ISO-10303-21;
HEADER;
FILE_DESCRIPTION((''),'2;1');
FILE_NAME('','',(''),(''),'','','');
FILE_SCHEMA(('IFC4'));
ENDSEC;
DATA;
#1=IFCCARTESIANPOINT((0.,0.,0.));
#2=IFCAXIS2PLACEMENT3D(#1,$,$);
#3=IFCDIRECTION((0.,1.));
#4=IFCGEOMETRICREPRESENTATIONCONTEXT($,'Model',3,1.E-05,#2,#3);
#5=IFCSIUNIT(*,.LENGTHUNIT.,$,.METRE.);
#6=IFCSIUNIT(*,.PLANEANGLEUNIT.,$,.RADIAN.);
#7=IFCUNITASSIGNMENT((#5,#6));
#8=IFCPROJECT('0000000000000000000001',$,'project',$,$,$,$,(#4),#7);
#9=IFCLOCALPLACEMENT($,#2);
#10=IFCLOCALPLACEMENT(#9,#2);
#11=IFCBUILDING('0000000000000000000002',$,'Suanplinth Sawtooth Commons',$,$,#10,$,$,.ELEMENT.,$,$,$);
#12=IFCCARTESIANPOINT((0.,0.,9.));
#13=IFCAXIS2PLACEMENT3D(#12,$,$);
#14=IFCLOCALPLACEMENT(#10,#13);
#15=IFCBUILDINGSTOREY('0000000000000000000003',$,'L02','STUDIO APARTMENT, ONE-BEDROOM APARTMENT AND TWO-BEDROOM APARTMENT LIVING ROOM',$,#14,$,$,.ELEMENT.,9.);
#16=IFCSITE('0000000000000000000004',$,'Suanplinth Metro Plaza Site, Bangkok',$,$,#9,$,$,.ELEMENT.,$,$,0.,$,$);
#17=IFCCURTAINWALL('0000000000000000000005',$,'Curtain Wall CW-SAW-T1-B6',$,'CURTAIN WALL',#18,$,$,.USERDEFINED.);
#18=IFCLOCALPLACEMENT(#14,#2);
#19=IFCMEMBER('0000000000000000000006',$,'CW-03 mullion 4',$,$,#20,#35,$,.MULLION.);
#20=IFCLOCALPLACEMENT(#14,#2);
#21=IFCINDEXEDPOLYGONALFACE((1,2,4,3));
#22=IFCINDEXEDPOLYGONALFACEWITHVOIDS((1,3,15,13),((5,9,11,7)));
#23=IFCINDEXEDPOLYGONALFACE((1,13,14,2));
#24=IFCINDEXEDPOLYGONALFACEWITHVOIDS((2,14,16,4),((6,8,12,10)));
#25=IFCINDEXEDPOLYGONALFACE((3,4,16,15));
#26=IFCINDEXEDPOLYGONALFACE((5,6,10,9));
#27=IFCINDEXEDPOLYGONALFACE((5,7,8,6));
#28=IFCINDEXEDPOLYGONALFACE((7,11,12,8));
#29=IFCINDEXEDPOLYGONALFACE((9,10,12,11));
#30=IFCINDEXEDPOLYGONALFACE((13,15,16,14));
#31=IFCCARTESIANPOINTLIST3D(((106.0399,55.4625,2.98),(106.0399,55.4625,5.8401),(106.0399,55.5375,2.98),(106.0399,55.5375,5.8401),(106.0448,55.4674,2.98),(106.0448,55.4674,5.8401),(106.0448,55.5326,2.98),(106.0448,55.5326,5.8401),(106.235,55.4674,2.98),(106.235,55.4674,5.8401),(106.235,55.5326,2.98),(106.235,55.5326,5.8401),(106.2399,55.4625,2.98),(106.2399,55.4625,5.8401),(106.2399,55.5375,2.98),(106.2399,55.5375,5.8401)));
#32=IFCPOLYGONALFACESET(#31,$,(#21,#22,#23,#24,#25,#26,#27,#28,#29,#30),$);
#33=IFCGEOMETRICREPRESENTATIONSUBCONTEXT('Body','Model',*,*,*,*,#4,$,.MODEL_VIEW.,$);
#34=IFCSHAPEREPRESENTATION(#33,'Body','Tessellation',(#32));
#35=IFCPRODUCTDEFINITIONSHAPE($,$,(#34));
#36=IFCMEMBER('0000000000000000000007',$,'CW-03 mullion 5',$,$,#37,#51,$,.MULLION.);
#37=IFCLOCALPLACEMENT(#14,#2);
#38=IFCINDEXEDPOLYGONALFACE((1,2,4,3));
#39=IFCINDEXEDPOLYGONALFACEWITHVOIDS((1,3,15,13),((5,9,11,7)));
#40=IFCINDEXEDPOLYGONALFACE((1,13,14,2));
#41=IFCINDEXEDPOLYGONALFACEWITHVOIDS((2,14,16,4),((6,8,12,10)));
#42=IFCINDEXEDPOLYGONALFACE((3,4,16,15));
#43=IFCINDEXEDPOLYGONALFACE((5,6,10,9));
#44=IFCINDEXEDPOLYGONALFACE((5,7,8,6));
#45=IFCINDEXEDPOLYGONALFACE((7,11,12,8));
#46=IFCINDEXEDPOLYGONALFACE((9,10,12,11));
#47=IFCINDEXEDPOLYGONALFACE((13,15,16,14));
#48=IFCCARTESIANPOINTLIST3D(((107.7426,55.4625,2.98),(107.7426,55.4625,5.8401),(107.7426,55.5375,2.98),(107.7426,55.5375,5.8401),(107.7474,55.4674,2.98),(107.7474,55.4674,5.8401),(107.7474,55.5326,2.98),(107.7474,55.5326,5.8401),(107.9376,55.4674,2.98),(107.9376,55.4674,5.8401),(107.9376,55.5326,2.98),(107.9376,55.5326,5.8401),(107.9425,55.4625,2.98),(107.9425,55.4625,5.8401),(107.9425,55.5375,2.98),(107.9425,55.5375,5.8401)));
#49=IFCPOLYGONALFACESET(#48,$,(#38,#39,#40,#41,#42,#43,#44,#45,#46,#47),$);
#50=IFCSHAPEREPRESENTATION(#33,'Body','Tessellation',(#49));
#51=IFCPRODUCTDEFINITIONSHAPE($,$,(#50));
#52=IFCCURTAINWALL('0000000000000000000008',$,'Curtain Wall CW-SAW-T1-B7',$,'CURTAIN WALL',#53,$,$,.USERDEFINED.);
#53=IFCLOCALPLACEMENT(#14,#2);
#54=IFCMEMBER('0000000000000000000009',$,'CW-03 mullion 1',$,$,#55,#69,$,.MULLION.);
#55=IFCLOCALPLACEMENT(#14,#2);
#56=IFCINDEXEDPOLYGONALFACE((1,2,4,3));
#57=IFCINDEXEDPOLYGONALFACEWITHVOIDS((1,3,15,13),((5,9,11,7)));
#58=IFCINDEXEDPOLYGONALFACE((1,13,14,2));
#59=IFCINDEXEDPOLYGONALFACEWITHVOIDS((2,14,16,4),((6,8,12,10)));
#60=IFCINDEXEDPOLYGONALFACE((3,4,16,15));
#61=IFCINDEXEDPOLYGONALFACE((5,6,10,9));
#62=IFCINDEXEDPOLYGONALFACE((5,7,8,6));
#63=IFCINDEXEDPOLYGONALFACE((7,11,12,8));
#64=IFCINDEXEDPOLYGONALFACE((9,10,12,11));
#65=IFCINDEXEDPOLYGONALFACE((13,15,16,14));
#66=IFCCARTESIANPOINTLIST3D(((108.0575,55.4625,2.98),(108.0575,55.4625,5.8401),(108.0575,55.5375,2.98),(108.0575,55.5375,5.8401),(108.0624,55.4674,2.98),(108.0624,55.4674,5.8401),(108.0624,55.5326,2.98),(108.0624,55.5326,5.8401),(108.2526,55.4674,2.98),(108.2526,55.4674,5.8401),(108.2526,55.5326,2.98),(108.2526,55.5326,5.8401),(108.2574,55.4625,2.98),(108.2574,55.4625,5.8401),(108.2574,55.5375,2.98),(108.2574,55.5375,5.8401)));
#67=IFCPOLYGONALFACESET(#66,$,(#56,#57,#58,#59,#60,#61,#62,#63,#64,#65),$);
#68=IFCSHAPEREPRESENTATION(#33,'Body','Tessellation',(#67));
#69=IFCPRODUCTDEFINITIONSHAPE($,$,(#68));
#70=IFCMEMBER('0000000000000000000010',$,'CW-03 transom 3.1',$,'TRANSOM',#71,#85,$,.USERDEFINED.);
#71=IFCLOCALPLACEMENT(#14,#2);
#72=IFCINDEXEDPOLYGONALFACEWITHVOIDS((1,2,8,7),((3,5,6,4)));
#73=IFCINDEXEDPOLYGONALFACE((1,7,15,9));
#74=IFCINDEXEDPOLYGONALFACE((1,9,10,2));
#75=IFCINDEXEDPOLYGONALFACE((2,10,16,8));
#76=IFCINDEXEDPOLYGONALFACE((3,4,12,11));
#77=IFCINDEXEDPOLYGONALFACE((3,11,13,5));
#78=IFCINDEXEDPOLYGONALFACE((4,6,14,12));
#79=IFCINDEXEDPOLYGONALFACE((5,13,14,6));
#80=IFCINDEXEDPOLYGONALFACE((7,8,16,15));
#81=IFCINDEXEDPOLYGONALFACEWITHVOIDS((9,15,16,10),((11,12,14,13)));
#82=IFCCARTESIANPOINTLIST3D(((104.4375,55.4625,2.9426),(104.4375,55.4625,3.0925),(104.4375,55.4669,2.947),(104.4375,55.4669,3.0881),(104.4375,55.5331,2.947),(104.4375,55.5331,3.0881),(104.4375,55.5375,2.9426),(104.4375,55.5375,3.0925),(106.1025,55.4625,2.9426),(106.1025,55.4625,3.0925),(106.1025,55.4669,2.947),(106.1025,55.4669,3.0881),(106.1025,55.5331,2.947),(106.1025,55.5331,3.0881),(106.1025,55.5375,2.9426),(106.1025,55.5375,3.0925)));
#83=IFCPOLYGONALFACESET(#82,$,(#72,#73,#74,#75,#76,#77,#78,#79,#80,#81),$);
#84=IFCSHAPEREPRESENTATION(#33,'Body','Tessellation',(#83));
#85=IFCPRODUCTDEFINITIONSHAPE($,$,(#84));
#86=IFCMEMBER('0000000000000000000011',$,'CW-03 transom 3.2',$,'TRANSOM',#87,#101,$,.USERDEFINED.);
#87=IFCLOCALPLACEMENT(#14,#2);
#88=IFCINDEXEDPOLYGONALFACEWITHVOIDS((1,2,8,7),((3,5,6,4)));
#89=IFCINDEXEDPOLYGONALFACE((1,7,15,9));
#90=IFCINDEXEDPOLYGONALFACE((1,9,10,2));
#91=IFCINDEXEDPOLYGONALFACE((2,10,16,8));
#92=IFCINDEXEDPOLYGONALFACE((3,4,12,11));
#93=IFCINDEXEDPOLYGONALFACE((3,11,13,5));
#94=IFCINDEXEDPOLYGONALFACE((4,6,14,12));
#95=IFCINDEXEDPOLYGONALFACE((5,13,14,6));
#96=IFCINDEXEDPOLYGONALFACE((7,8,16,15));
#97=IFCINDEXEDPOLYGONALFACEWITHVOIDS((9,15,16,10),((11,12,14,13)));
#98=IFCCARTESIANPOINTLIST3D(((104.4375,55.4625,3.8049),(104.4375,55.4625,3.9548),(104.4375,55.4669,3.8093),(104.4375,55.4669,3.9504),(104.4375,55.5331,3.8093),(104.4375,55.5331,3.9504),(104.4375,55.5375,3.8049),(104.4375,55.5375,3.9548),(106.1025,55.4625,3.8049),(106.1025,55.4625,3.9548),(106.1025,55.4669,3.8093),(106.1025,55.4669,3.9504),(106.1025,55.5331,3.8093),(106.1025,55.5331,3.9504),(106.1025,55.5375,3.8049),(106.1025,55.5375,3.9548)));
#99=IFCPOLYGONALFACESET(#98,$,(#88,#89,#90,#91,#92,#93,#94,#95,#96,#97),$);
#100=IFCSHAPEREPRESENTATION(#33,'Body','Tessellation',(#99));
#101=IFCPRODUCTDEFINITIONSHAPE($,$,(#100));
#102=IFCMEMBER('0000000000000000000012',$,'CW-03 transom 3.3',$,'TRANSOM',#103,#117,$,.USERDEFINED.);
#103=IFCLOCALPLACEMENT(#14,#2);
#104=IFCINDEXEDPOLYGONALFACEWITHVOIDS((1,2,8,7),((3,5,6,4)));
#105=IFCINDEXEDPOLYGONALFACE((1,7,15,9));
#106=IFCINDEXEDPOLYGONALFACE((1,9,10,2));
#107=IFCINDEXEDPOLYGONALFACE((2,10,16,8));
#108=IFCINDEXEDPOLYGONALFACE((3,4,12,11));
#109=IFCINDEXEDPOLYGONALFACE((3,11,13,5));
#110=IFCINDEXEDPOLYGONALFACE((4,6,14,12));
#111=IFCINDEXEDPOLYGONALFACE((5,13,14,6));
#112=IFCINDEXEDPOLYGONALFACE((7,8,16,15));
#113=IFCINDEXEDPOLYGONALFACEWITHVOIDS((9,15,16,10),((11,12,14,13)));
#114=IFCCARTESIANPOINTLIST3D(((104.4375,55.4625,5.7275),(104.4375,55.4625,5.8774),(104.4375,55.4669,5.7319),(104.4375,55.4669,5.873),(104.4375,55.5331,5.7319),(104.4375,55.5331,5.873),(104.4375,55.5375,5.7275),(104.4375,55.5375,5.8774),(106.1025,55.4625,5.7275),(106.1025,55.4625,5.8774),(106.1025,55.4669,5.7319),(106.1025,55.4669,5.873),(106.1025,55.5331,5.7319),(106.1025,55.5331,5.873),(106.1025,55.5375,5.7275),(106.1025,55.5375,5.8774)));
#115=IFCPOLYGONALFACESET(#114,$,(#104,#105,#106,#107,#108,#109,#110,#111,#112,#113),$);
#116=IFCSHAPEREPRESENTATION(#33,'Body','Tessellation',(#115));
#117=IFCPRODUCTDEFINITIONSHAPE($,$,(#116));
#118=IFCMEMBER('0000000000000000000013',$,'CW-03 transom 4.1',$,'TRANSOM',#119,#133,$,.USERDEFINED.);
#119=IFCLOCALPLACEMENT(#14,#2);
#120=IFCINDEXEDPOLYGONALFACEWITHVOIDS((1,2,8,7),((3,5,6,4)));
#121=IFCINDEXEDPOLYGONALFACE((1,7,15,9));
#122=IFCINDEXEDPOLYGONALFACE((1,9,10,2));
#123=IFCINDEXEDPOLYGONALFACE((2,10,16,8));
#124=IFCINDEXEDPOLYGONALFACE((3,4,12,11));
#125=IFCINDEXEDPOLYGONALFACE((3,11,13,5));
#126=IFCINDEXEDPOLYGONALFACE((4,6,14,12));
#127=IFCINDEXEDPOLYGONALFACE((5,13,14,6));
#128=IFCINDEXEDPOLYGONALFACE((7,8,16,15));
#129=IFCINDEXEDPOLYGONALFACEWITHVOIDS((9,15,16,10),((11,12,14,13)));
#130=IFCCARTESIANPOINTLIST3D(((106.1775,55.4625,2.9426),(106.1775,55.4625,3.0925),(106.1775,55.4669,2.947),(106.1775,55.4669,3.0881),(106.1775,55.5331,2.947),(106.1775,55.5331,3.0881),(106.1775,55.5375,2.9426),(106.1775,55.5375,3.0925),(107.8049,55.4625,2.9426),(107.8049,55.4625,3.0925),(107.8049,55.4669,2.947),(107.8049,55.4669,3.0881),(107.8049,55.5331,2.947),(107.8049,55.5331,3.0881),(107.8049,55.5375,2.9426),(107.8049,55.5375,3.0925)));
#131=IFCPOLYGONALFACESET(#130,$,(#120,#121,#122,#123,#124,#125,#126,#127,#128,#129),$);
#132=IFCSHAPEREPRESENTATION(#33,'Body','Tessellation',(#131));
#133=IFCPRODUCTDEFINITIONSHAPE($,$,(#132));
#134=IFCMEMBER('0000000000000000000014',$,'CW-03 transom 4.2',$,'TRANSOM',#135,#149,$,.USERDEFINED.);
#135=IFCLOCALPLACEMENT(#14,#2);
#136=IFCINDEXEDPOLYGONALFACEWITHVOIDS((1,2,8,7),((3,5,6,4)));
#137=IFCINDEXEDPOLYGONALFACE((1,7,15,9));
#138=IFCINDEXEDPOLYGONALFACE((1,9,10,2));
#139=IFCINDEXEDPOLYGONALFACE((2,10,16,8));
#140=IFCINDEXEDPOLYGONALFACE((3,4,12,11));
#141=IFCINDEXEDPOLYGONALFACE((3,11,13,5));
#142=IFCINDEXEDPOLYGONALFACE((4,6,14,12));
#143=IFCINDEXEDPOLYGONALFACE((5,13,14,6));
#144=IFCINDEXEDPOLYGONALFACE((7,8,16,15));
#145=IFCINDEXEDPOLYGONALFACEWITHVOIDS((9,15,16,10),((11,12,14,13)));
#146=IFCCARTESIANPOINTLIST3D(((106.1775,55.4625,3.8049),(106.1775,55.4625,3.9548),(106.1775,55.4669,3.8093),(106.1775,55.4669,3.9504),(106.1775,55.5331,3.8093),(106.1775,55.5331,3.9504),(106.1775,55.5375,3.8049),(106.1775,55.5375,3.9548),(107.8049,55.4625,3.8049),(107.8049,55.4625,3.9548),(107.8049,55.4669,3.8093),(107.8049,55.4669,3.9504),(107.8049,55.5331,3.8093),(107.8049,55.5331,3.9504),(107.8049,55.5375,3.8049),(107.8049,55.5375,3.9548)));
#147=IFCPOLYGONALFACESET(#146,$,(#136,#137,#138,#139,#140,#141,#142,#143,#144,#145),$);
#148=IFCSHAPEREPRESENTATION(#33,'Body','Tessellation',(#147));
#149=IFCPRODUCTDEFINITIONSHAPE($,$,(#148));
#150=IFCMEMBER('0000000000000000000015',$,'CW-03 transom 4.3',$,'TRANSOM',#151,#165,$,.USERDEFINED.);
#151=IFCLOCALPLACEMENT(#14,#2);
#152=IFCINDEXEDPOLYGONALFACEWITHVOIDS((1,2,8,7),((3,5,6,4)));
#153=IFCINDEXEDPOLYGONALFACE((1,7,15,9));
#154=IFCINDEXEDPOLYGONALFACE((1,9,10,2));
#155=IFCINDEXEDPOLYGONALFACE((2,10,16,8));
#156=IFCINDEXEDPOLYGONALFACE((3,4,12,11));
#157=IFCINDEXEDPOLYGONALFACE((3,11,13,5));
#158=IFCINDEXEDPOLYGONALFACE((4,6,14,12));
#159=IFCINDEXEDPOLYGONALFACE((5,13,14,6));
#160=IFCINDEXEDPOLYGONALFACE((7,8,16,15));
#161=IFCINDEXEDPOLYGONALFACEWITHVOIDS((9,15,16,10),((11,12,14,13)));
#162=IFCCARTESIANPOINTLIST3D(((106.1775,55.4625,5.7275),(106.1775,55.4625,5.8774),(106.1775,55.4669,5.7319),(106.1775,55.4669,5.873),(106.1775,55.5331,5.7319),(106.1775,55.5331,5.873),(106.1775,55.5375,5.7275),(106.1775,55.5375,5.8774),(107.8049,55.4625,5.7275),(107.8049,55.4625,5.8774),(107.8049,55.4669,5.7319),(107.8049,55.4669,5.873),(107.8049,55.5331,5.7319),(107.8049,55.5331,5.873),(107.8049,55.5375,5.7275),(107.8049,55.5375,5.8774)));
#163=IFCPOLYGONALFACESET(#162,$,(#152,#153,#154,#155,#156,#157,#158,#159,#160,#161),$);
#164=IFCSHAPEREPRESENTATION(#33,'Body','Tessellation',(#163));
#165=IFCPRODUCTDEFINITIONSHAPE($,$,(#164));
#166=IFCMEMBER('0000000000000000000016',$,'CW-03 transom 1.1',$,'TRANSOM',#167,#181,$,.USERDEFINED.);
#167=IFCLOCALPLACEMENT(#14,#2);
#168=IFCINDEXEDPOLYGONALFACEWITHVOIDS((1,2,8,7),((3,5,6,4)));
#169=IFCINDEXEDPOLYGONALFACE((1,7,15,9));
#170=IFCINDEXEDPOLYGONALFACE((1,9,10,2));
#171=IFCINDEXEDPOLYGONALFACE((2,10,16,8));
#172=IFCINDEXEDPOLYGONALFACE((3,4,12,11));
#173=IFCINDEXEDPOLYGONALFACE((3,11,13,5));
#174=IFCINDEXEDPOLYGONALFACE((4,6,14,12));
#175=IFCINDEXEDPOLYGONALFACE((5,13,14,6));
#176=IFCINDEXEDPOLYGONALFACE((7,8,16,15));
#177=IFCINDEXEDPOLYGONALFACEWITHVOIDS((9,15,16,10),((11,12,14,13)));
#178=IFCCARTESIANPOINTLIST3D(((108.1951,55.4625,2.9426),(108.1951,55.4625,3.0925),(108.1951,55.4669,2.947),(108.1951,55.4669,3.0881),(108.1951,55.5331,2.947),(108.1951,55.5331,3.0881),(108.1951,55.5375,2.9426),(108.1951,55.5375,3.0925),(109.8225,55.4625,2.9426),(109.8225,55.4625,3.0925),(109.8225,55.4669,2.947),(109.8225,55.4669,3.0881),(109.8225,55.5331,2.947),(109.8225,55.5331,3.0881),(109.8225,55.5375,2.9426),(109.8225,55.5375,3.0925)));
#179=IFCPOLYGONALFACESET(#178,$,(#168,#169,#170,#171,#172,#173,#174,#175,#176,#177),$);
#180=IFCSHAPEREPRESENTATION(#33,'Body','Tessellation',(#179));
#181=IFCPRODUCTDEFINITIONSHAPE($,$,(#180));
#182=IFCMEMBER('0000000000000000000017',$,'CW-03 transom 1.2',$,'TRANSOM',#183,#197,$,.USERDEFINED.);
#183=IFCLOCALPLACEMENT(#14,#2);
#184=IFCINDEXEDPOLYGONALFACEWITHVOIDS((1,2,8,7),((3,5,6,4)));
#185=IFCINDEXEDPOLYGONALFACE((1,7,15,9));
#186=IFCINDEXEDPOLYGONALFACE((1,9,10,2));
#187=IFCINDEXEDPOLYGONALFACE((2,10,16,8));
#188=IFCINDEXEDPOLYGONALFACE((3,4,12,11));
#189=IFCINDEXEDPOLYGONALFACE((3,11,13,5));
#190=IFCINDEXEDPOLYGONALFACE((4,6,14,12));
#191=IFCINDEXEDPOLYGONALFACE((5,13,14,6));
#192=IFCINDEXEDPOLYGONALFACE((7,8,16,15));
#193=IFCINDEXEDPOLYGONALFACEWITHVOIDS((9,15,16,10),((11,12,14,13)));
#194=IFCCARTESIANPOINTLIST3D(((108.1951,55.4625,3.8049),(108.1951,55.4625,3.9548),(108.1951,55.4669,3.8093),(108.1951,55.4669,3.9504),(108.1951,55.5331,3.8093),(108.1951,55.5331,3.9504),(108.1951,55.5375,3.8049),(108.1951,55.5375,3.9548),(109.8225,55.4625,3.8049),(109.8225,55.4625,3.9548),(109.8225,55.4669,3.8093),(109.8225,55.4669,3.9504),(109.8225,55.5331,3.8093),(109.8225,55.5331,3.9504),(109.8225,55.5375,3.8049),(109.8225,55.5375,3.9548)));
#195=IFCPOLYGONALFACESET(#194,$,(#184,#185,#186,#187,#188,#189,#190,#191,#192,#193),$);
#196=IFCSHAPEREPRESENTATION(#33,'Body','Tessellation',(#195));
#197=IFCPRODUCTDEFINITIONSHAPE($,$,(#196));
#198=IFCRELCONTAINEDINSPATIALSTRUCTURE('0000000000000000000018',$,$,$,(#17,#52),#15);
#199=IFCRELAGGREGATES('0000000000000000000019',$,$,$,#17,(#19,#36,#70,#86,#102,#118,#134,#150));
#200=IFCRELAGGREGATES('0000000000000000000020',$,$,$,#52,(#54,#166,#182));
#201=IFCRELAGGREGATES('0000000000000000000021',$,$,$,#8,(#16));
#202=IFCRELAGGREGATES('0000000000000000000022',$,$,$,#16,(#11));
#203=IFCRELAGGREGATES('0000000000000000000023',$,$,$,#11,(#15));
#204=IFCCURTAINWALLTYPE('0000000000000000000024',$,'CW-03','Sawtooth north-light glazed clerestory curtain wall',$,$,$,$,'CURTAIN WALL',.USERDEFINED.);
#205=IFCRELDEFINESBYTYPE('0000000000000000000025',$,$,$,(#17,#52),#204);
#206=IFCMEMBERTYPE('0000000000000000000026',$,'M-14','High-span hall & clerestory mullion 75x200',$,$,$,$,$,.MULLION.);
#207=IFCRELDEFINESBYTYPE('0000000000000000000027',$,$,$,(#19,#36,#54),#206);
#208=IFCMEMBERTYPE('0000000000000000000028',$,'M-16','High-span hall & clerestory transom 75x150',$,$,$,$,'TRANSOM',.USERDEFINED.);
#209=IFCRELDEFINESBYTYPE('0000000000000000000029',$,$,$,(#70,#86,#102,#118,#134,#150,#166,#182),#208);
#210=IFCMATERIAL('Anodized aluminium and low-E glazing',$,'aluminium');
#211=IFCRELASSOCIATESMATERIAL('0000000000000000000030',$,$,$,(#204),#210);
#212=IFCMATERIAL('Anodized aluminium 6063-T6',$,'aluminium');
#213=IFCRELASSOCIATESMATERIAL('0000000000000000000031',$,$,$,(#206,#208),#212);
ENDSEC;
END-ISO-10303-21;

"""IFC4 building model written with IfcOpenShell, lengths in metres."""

from ifc_helpers import new_model, si_unit, direction, frame, origin, origin_2d, place, context, subcontext, project, spatial, hollow_rectangle, extrude, material, material_profile, profile_set, type_object, element, aggregate, save


model = new_model("IFC4")

# Units and contexts
model_context = context("Model", 3, precision=1e-05, world=origin(), true_north=direction((0.0, 1.0)))
body_context = subcontext(model_context, "Body", "Model", "MODEL_VIEW")
ifc_project = project(units=[si_unit("LENGTHUNIT", "METRE"), si_unit("PLANEANGLEUNIT", "RADIAN")], contexts=[model_context])

# Site, building, storey
site_placement = place(None, origin())
site = spatial("IfcSite", under=ifc_project, at=site_placement, Name="Suanplinth Metro Plaza Site, Bangkok", CompositionType="ELEMENT", RefElevation=0.0)
building_placement = place(site_placement, origin())
building = spatial("IfcBuilding", under=site, at=building_placement, Name="Suanplinth Sawtooth Commons", CompositionType="ELEMENT")
storey_placement = place(building_placement, frame((0.0, 0.0, 9.0)))
storey = spatial("IfcBuildingStorey", under=building, at=storey_placement, Name="L02", Description="STUDIO APARTMENT, ONE-BEDROOM APARTMENT AND TWO-BEDROOM APARTMENT LIVING ROOM", CompositionType="ELEMENT", Elevation=9.0)

# Curtain wall, members
ifc_material_1 = material(Name="Anodized aluminium and low-E glazing", Category="aluminium")
curtain_wall_type = type_object("IfcCurtainWallType", Name="CW-03", Description="Sawtooth north-light glazed clerestory curtain wall", ElementType="CURTAIN WALL", PredefinedType="USERDEFINED", material=ifc_material_1)
curtain_wall_1_placement = place(storey_placement, origin())
curtain_wall_1 = element("IfcCurtainWall", 1, at=curtain_wall_1_placement, inside=storey, type_object=curtain_wall_type, Name="Curtain Wall CW-SAW-T1-B6", ObjectType="CURTAIN WALL", PredefinedType="USERDEFINED")
ifc_material_2 = material(Name="Anodized aluminium 6063-T6", Category="aluminium")
ifc_material_profile_1 = material_profile(ifc_material_2, hollow_rectangle(XDim=0.075, YDim=0.2, WallThickness=0.0049, at=origin_2d()), Name="ALU-MUL 75x200")
ifc_profile_set_1 = profile_set([ifc_material_profile_1], Name="Anodized aluminium 6063-T6")
member_type_1 = type_object("IfcMemberType", Name="M-14", Description="High-span hall & clerestory mullion 75x200", PredefinedType="MULLION", material=ifc_profile_set_1)
member_1_placement = place(storey_placement, frame((106.1399, 55.5, 2.98), z_axis=(0.0, 0.0, 1.0), x_axis=(0.0, 1.0, 0.0)))
member_1 = element("IfcMember", 2, at=member_1_placement, type_object=member_type_1, Name="CW-03 mullion 4", PredefinedType="MULLION", context=body_context, shape_type="SweptSolid", body=[
    extrude(hollow_rectangle(XDim=0.075, YDim=0.2, WallThickness=0.0049, at=origin_2d()), origin(), (0.0, 0.0, 1.0), 2.8601),
])
member_2_placement = place(storey_placement, frame((107.8425, 55.5, 2.98), z_axis=(0.0, 0.0, 1.0), x_axis=(0.0, 1.0, 0.0)))
member_2 = element("IfcMember", 3, at=member_2_placement, type_object=member_type_1, Name="CW-03 mullion 5", PredefinedType="MULLION", context=body_context, shape_type="SweptSolid", body=[
    extrude(hollow_rectangle(XDim=0.075, YDim=0.2, WallThickness=0.0049, at=origin_2d()), origin(), (0.0, 0.0, 1.0), 2.8601),
])

# Curtain wall, member
curtain_wall_2_placement = place(storey_placement, origin())
curtain_wall_2 = element("IfcCurtainWall", 4, at=curtain_wall_2_placement, inside=storey, type_object=curtain_wall_type, Name="Curtain Wall CW-SAW-T1-B7", ObjectType="CURTAIN WALL", PredefinedType="USERDEFINED")
member_3_placement = place(storey_placement, frame((108.1575, 55.5, 2.98), z_axis=(0.0, 0.0, 1.0), x_axis=(0.0, 1.0, 0.0)))
member_3 = element("IfcMember", 5, at=member_3_placement, type_object=member_type_1, Name="CW-03 mullion 1", PredefinedType="MULLION", context=body_context, shape_type="SweptSolid", body=[
    extrude(hollow_rectangle(XDim=0.075, YDim=0.2, WallThickness=0.0049, at=origin_2d()), origin(), (0.0, 0.0, 1.0), 2.8601),
])

# Members
ifc_material_profile_2 = material_profile(ifc_material_2, hollow_rectangle(XDim=0.075, YDim=0.1499, WallThickness=0.0044, at=origin_2d()), Name="ALU-TRN 75x150")
ifc_profile_set_2 = profile_set([ifc_material_profile_2], Name="Anodized aluminium 6063-T6")
member_type_2 = type_object("IfcMemberType", Name="M-16", Description="High-span hall & clerestory transom 75x150", ElementType="TRANSOM", PredefinedType="USERDEFINED", material=ifc_profile_set_2)
member_4_placement = place(storey_placement, frame((104.4375, 55.5, 3.0176), z_axis=(1.0, 0.0, 0.0), x_axis=(0.0, 1.0, 0.0)))
member_4 = element("IfcMember", 6, at=member_4_placement, type_object=member_type_2, Name="CW-03 transom 3.1", ObjectType="TRANSOM", PredefinedType="USERDEFINED", context=body_context, shape_type="SweptSolid", body=[
    extrude(hollow_rectangle(XDim=0.075, YDim=0.1499, WallThickness=0.0044, at=origin_2d()), origin(), (0.0, 0.0, 1.0), 1.665),
])
member_5_placement = place(storey_placement, frame((104.4375, 55.5, 3.8799), z_axis=(1.0, 0.0, 0.0), x_axis=(0.0, 1.0, 0.0)))
member_5 = element("IfcMember", 7, at=member_5_placement, type_object=member_type_2, Name="CW-03 transom 3.2", ObjectType="TRANSOM", PredefinedType="USERDEFINED", context=body_context, shape_type="SweptSolid", body=[
    extrude(hollow_rectangle(XDim=0.075, YDim=0.1499, WallThickness=0.0044, at=origin_2d()), origin(), (0.0, 0.0, 1.0), 1.665),
])
member_6_placement = place(storey_placement, frame((104.4375, 55.5, 5.8025), z_axis=(1.0, 0.0, 0.0), x_axis=(0.0, 1.0, 0.0)))
member_6 = element("IfcMember", 8, at=member_6_placement, type_object=member_type_2, Name="CW-03 transom 3.3", ObjectType="TRANSOM", PredefinedType="USERDEFINED", context=body_context, shape_type="SweptSolid", body=[
    extrude(hollow_rectangle(XDim=0.075, YDim=0.1499, WallThickness=0.0044, at=origin_2d()), origin(), (0.0, 0.0, 1.0), 1.665),
])
member_7_placement = place(storey_placement, frame((106.1775, 55.5, 3.0176), z_axis=(1.0, 0.0, 0.0), x_axis=(0.0, 1.0, 0.0)))
member_7 = element("IfcMember", 9, at=member_7_placement, type_object=member_type_2, Name="CW-03 transom 4.1", ObjectType="TRANSOM", PredefinedType="USERDEFINED", context=body_context, shape_type="SweptSolid", body=[
    extrude(hollow_rectangle(XDim=0.075, YDim=0.1499, WallThickness=0.0044, at=origin_2d()), origin(), (0.0, 0.0, 1.0), 1.6274),
])
member_8_placement = place(storey_placement, frame((106.1775, 55.5, 3.8799), z_axis=(1.0, 0.0, 0.0), x_axis=(0.0, 1.0, 0.0)))
member_8 = element("IfcMember", 10, at=member_8_placement, type_object=member_type_2, Name="CW-03 transom 4.2", ObjectType="TRANSOM", PredefinedType="USERDEFINED", context=body_context, shape_type="SweptSolid", body=[
    extrude(hollow_rectangle(XDim=0.075, YDim=0.1499, WallThickness=0.0044, at=origin_2d()), origin(), (0.0, 0.0, 1.0), 1.6274),
])
member_9_placement = place(storey_placement, frame((106.1775, 55.5, 5.8025), z_axis=(1.0, 0.0, 0.0), x_axis=(0.0, 1.0, 0.0)))
member_9 = element("IfcMember", 11, at=member_9_placement, type_object=member_type_2, Name="CW-03 transom 4.3", ObjectType="TRANSOM", PredefinedType="USERDEFINED", context=body_context, shape_type="SweptSolid", body=[
    extrude(hollow_rectangle(XDim=0.075, YDim=0.1499, WallThickness=0.0044, at=origin_2d()), origin(), (0.0, 0.0, 1.0), 1.6274),
])
member_10_placement = place(storey_placement, frame((108.1951, 55.5, 3.0176), z_axis=(1.0, 0.0, 0.0), x_axis=(0.0, 1.0, 0.0)))
member_10 = element("IfcMember", 12, at=member_10_placement, type_object=member_type_2, Name="CW-03 transom 1.1", ObjectType="TRANSOM", PredefinedType="USERDEFINED", context=body_context, shape_type="SweptSolid", body=[
    extrude(hollow_rectangle(XDim=0.075, YDim=0.1499, WallThickness=0.0044, at=origin_2d()), origin(), (0.0, 0.0, 1.0), 1.6274),
])
member_11_placement = place(storey_placement, frame((108.1951, 55.5, 3.8799), z_axis=(1.0, 0.0, 0.0), x_axis=(0.0, 1.0, 0.0)))
member_11 = element("IfcMember", 13, at=member_11_placement, type_object=member_type_2, Name="CW-03 transom 1.2", ObjectType="TRANSOM", PredefinedType="USERDEFINED", context=body_context, shape_type="SweptSolid", body=[
    extrude(hollow_rectangle(XDim=0.075, YDim=0.1499, WallThickness=0.0044, at=origin_2d()), origin(), (0.0, 0.0, 1.0), 1.6274),
])

aggregate(curtain_wall_1, [member_1, member_2, member_4, member_5, member_6, member_7, member_8, member_9])
aggregate(curtain_wall_2, [member_3, member_10, member_11])

save(model, "model.ifc")
